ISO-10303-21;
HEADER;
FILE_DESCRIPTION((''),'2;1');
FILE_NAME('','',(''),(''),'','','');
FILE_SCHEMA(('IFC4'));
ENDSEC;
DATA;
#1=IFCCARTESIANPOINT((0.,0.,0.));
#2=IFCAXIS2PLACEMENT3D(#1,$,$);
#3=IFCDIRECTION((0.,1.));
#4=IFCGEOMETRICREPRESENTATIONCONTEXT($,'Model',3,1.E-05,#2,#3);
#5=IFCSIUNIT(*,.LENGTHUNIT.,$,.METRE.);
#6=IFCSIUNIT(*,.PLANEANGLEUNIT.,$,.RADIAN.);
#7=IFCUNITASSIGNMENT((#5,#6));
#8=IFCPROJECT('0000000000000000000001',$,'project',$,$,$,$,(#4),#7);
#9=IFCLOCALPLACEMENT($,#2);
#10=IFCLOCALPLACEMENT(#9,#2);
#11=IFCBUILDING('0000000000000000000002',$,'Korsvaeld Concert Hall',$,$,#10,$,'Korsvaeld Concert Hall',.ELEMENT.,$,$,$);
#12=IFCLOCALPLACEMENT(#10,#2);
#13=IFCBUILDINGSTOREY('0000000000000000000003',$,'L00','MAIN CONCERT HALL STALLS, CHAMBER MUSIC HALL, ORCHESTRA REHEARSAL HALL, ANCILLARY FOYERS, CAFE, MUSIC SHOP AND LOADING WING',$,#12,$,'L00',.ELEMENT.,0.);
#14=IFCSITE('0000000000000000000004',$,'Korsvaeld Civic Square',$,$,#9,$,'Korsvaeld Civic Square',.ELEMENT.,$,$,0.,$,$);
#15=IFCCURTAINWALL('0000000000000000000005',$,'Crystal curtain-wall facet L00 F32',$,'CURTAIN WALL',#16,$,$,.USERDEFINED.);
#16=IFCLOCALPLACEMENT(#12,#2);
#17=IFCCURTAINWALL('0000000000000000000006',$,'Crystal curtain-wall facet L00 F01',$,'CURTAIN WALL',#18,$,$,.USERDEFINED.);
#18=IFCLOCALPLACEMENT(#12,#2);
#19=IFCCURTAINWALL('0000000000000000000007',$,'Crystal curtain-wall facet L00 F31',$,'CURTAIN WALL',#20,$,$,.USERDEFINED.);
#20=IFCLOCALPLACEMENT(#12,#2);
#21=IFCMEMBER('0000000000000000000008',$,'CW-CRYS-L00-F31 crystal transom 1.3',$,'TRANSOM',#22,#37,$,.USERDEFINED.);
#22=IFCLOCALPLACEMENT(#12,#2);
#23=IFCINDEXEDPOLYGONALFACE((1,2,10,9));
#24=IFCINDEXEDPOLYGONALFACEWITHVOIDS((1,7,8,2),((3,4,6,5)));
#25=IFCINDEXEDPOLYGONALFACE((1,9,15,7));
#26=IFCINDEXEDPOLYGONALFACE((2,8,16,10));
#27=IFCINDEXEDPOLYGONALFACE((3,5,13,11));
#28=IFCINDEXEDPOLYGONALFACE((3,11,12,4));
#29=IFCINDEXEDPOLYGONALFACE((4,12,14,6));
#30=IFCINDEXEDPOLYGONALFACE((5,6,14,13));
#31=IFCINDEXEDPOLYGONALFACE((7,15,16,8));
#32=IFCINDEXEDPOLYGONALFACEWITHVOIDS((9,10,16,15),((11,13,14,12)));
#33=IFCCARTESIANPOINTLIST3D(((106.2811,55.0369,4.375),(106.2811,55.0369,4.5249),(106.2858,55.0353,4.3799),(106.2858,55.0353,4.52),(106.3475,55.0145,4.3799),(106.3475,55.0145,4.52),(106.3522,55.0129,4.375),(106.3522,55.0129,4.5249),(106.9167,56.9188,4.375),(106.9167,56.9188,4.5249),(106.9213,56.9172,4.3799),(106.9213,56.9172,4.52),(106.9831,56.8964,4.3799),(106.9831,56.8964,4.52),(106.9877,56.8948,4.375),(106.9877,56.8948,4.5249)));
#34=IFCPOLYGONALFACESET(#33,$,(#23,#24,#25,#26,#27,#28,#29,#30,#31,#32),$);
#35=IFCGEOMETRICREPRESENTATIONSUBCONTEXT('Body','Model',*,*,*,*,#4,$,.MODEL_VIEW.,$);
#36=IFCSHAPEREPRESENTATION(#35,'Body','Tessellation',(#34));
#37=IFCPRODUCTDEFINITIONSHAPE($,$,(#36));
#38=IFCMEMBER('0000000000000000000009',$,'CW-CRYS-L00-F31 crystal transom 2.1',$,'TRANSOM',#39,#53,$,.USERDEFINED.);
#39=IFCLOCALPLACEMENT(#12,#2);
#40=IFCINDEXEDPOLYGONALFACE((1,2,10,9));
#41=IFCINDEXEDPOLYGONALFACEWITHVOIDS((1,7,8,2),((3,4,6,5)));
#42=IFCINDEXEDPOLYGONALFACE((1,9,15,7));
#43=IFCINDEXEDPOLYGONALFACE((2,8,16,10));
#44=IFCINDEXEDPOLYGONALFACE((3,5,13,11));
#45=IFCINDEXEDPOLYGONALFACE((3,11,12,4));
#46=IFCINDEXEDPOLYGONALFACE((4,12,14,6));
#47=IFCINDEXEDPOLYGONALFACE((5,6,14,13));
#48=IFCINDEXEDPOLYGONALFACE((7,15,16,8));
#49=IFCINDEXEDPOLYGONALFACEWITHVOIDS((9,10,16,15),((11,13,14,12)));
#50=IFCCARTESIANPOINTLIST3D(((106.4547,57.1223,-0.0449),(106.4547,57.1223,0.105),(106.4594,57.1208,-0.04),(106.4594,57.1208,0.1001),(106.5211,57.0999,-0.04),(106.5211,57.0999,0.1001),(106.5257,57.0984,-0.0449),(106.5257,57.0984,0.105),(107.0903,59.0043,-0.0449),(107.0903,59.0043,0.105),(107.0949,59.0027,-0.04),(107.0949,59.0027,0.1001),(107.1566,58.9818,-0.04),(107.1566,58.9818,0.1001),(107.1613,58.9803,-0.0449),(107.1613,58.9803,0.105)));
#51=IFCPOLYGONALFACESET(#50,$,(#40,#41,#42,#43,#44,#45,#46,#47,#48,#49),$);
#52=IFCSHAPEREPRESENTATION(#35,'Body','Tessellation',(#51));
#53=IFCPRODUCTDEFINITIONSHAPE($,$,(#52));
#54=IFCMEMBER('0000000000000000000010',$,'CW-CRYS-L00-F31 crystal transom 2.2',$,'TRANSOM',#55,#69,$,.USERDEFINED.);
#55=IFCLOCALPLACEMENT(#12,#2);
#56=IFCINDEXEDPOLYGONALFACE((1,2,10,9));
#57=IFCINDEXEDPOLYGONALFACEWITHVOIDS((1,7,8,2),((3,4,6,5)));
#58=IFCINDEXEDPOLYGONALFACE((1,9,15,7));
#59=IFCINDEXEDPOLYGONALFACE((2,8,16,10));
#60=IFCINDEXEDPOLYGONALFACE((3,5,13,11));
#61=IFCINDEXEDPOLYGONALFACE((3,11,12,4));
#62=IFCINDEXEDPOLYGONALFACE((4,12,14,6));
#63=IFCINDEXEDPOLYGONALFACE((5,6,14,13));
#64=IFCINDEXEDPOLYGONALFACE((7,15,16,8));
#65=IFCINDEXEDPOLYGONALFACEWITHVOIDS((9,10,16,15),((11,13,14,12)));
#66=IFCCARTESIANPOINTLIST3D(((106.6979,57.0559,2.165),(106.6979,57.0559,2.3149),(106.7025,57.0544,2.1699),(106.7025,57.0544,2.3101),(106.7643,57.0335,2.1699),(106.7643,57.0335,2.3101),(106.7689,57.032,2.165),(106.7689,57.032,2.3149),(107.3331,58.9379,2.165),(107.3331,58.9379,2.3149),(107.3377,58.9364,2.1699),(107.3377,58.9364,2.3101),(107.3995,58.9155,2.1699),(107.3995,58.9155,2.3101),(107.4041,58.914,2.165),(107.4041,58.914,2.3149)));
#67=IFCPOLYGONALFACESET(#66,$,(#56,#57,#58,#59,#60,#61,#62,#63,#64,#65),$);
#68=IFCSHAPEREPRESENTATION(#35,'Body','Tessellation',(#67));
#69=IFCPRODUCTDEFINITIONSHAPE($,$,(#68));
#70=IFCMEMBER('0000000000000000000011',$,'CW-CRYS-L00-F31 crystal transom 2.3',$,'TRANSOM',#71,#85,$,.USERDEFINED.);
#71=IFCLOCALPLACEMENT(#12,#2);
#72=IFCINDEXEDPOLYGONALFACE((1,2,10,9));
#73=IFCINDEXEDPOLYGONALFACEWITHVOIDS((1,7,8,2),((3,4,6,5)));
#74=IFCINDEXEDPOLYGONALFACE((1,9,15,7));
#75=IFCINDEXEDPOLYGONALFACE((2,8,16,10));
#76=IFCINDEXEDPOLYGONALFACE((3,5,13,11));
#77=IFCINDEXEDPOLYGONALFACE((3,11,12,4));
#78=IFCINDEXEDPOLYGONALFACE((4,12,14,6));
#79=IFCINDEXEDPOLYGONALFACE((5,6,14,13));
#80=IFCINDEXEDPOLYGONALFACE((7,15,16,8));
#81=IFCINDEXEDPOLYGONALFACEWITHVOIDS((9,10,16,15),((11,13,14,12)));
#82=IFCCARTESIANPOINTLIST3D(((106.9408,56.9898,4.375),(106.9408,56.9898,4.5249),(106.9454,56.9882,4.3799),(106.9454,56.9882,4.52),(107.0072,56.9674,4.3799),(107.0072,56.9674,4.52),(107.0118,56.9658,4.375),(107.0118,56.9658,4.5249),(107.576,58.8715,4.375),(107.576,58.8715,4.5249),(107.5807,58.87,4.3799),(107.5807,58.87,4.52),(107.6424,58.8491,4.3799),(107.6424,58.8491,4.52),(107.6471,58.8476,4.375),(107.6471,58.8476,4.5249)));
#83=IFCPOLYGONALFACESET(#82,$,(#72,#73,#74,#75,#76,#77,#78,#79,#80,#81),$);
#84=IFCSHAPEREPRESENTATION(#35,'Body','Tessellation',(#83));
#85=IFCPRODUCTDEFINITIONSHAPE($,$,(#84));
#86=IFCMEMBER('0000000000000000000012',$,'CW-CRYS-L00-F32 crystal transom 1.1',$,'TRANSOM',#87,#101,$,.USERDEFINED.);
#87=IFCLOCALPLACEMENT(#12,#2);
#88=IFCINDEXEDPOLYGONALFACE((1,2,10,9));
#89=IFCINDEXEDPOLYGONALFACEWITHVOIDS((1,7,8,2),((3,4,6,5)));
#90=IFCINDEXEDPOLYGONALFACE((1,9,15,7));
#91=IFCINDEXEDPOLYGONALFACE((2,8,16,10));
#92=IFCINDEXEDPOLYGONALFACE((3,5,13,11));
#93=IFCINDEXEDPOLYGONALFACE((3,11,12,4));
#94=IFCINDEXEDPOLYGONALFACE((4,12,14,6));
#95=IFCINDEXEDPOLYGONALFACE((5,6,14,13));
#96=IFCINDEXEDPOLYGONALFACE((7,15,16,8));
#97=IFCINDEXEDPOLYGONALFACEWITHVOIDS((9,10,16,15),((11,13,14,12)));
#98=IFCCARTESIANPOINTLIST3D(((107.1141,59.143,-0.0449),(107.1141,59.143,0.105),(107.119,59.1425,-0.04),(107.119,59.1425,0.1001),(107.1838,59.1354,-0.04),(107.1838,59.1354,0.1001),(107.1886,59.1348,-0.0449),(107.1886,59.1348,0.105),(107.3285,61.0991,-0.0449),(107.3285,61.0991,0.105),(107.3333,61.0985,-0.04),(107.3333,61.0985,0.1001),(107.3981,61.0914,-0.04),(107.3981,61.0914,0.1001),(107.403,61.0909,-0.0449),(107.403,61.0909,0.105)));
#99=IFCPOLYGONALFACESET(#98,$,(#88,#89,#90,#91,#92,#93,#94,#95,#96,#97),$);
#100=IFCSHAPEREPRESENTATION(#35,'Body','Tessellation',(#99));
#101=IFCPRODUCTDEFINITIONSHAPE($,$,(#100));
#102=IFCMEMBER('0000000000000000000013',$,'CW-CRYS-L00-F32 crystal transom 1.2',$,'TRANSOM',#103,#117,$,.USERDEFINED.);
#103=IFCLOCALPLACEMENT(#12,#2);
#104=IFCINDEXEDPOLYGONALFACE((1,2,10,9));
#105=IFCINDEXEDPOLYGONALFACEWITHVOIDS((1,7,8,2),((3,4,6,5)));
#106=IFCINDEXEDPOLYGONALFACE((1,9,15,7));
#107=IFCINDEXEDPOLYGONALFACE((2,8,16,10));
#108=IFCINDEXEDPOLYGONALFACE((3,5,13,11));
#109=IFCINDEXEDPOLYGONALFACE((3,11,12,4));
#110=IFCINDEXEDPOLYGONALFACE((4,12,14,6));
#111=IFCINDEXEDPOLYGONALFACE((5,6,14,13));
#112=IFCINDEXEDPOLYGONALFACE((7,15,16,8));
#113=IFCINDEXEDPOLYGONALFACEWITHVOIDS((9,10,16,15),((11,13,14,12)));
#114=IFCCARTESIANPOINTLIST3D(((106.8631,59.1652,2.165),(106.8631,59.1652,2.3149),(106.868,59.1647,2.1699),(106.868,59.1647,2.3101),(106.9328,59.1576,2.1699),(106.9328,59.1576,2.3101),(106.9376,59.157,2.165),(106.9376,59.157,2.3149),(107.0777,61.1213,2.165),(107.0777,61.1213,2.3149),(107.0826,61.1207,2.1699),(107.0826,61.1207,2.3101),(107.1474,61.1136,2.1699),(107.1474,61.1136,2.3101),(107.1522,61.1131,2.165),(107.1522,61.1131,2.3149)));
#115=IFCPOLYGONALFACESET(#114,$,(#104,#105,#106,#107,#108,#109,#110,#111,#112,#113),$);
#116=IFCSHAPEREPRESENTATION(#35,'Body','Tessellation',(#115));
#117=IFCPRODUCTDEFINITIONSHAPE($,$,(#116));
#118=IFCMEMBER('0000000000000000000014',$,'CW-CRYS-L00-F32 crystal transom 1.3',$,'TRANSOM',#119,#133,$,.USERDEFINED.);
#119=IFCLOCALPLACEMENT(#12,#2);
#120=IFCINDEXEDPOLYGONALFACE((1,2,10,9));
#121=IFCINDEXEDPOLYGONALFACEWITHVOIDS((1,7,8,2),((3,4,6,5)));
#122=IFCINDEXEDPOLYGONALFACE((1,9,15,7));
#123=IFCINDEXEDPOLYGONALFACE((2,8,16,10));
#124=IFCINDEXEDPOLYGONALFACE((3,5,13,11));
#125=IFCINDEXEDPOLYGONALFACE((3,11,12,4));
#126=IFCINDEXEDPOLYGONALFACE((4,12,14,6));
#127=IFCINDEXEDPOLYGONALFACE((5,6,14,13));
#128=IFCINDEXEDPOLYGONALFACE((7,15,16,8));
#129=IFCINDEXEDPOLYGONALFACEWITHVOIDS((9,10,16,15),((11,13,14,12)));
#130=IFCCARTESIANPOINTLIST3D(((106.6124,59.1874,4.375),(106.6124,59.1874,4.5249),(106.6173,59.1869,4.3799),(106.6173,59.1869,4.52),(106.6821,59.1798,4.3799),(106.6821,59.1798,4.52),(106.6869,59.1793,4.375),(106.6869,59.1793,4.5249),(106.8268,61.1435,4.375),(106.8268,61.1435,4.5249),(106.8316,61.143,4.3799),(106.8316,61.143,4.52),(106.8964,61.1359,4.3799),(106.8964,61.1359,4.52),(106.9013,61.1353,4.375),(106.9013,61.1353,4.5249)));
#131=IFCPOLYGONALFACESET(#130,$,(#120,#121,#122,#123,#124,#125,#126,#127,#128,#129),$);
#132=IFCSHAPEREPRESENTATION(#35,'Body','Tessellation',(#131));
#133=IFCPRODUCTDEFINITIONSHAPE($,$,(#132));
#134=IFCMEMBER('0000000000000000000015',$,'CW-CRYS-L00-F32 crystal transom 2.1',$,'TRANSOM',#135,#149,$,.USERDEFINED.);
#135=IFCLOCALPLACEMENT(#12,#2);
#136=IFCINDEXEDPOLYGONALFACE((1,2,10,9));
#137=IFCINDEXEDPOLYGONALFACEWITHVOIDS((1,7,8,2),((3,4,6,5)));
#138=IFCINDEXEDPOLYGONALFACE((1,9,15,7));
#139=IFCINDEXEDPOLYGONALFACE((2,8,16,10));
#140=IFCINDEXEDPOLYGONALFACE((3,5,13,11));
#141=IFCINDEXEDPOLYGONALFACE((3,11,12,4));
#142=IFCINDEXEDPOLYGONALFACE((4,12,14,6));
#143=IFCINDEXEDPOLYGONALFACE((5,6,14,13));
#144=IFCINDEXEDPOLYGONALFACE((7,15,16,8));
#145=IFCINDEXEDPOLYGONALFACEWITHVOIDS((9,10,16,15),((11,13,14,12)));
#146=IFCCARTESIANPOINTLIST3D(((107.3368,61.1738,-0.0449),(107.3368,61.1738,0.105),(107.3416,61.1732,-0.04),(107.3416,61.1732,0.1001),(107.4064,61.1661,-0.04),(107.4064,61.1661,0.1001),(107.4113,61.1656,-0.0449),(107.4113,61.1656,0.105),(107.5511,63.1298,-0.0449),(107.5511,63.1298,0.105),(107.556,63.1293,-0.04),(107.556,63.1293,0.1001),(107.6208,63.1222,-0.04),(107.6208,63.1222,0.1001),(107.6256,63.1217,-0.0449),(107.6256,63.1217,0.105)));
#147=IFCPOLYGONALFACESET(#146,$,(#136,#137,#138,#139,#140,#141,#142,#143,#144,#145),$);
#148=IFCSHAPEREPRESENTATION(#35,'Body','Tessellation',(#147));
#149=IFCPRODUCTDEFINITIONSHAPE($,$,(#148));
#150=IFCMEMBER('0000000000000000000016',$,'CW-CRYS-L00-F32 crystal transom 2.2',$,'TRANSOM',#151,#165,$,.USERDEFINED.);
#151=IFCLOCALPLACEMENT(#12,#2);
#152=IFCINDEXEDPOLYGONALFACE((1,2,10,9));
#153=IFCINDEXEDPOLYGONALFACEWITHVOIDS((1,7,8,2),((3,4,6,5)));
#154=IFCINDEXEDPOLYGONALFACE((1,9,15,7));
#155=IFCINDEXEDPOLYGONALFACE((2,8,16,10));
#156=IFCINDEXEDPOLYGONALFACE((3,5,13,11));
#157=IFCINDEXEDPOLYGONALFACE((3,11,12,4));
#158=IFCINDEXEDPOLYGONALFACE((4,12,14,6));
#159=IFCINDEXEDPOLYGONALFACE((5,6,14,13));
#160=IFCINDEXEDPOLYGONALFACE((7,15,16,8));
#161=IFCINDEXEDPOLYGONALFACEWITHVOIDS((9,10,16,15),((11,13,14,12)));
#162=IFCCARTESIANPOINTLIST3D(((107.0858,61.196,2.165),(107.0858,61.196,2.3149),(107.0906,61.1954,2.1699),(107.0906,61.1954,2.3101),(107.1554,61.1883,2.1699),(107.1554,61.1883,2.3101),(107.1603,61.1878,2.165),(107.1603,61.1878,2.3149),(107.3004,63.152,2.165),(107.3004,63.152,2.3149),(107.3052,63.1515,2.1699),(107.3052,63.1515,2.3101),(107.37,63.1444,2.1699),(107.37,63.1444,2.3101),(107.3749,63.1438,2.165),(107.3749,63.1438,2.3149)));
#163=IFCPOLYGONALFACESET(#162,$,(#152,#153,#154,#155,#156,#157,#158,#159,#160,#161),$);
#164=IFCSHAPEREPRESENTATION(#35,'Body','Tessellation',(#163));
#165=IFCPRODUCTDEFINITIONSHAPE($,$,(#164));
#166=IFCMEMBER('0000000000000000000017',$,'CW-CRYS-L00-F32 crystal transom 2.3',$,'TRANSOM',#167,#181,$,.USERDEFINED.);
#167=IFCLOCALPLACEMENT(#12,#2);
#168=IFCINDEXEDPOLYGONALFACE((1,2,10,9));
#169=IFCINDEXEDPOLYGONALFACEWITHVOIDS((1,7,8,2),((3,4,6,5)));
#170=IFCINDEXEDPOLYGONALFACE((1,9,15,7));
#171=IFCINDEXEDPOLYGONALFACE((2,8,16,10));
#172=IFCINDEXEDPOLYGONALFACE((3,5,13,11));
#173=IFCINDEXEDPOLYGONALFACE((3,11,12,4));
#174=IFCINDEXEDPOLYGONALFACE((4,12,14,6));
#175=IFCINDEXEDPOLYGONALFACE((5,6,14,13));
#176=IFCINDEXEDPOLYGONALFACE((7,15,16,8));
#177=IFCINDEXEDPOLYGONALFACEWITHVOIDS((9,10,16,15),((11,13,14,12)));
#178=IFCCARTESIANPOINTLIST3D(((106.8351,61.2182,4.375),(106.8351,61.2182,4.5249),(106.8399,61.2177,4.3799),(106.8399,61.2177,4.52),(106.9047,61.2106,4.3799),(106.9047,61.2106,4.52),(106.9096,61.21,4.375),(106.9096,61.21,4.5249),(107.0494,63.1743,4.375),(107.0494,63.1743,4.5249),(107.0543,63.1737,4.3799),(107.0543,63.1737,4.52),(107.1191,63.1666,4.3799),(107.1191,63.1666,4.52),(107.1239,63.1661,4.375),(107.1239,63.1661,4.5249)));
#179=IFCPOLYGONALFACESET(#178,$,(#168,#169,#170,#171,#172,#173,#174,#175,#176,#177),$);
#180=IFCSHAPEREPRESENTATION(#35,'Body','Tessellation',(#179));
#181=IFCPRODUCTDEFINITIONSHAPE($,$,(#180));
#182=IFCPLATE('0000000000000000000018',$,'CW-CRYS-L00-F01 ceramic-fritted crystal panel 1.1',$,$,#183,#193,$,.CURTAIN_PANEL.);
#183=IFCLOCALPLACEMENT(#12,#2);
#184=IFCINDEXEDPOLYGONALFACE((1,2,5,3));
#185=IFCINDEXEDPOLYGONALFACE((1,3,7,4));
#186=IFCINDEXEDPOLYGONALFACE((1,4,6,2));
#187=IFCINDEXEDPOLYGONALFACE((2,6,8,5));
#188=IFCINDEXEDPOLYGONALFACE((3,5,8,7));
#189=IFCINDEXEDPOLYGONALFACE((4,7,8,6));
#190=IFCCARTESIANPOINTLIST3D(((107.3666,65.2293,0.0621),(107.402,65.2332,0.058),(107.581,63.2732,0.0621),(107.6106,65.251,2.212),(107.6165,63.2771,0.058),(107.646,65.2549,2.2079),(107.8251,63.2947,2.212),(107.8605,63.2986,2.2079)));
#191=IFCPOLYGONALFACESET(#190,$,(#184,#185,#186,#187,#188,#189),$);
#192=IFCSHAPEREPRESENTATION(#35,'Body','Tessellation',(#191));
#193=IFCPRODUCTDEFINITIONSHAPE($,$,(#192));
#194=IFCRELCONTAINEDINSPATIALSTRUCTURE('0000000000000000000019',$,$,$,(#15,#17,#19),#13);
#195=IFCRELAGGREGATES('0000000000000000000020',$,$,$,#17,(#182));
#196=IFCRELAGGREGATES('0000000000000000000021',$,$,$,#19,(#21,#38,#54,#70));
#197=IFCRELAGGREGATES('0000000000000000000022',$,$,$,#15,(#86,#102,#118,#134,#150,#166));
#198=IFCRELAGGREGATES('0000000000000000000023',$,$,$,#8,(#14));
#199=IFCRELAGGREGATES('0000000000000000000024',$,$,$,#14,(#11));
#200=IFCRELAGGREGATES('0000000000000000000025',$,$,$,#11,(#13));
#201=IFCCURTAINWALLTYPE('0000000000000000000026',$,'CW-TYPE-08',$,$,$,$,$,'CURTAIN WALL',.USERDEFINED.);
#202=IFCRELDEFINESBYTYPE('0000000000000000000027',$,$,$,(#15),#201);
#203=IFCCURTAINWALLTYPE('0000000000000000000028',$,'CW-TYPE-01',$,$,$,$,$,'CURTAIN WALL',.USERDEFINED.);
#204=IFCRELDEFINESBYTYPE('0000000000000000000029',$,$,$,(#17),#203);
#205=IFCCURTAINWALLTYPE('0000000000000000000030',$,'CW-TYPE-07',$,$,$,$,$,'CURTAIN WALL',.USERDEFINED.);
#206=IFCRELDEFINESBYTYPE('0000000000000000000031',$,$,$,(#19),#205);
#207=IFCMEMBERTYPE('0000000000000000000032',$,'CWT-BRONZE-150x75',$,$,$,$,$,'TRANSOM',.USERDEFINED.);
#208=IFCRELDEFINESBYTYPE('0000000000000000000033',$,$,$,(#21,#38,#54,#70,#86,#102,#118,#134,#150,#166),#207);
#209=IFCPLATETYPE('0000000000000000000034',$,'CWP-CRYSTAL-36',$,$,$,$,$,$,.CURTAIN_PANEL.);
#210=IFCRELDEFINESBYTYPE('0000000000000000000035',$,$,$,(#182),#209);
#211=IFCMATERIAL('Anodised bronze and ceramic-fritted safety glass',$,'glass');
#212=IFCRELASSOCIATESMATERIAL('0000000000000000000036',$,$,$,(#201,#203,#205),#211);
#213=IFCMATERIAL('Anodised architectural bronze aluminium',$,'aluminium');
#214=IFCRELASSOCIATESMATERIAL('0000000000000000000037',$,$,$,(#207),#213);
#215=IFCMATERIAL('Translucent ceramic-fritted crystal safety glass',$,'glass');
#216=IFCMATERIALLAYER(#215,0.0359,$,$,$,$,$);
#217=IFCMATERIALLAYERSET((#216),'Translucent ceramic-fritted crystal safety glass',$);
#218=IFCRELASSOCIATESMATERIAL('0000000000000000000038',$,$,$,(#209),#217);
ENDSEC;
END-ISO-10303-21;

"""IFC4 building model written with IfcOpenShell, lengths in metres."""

from ifc_helpers import new_model, si_unit, direction, frame, origin, origin_2d, place, context, subcontext, project, spatial, polyline, hollow_rectangle, outline, extrude, material, layer, layer_set, material_profile, profile_set, type_object, element, aggregate, save


model = new_model("IFC4")

# Units and contexts
model_context = context("Model", 3, precision=1e-05, world=origin(), true_north=direction((0.0, 1.0)))
body_context = subcontext(model_context, "Body", "Model", "MODEL_VIEW")
ifc_project = project(units=[si_unit("LENGTHUNIT", "METRE"), si_unit("PLANEANGLEUNIT", "RADIAN")], contexts=[model_context])

# Site, building, storey
site_placement = place(None, origin())
site = spatial("IfcSite", under=ifc_project, at=site_placement, Name="Korsvaeld Civic Square", LongName="Korsvaeld Civic Square", CompositionType="ELEMENT", RefElevation=0.0)
building_placement = place(site_placement, origin())
building = spatial("IfcBuilding", under=site, at=building_placement, Name="Korsvaeld Concert Hall", LongName="Korsvaeld Concert Hall", CompositionType="ELEMENT")
storey_placement = place(building_placement, origin())
storey = spatial("IfcBuildingStorey", under=building, at=storey_placement, Name="L00", Description="MAIN CONCERT HALL STALLS, CHAMBER MUSIC HALL, ORCHESTRA REHEARSAL HALL, ANCILLARY FOYERS, CAFE, MUSIC SHOP AND LOADING WING", LongName="L00", CompositionType="ELEMENT", Elevation=0.0)

# Curtain wall
ifc_material_1 = material(Name="Anodised bronze and ceramic-fritted safety glass", Category="glass")
curtain_wall_type_1 = type_object("IfcCurtainWallType", Name="CW-TYPE-08", ElementType="CURTAIN WALL", PredefinedType="USERDEFINED", material=ifc_material_1)
curtain_wall_1_placement = place(storey_placement, origin())
curtain_wall_1 = element("IfcCurtainWall", 1, at=curtain_wall_1_placement, inside=storey, type_object=curtain_wall_type_1, Name="Crystal curtain-wall facet L00 F32", ObjectType="CURTAIN WALL", PredefinedType="USERDEFINED")
ifc_material_2 = material(Name="Anodised architectural bronze aluminium", Category="aluminium")

# Curtain wall
curtain_wall_type_2 = type_object("IfcCurtainWallType", Name="CW-TYPE-01", ElementType="CURTAIN WALL", PredefinedType="USERDEFINED", material=ifc_material_1)
curtain_wall_2_placement = place(storey_placement, origin())
curtain_wall_2 = element("IfcCurtainWall", 2, at=curtain_wall_2_placement, inside=storey, type_object=curtain_wall_type_2, Name="Crystal curtain-wall facet L00 F01", ObjectType="CURTAIN WALL", PredefinedType="USERDEFINED")

# Curtain wall
curtain_wall_type_3 = type_object("IfcCurtainWallType", Name="CW-TYPE-07", ElementType="CURTAIN WALL", PredefinedType="USERDEFINED", material=ifc_material_1)
curtain_wall_3_placement = place(storey_placement, origin())
curtain_wall_3 = element("IfcCurtainWall", 3, at=curtain_wall_3_placement, inside=storey, type_object=curtain_wall_type_3, Name="Crystal curtain-wall facet L00 F31", ObjectType="CURTAIN WALL", PredefinedType="USERDEFINED")

# Members
ifc_material_profile_1 = material_profile(ifc_material_2, hollow_rectangle(XDim=0.075, YDim=0.1499, WallThickness=0.0049, at=origin_2d()), Name="CWT 150x75x5")
ifc_profile_set_1 = profile_set([ifc_material_profile_1], Name="Anodised architectural bronze aluminium")
member_type_1 = type_object("IfcMemberType", Name="CWT-BRONZE-150x75", ElementType="TRANSOM", PredefinedType="USERDEFINED", material=ifc_profile_set_1)
member_1_placement = place(storey_placement, frame((106.3167, 55.0249, 4.45), z_axis=(0.31995, 0.947435, 0.0), x_axis=(-0.947435, 0.31995, 0.0)))
member_1 = element("IfcMember", 4, at=member_1_placement, type_object=member_type_1, Name="CW-CRYS-L00-F31 crystal transom 1.3", ObjectType="TRANSOM", PredefinedType="USERDEFINED", context=body_context, shape_type="SweptSolid", body=[
    extrude(hollow_rectangle(XDim=0.075, YDim=0.1499, WallThickness=0.0049, at=origin_2d()), origin(), (0.0, 0.0, 1.0), 1.9863),
])
member_2_placement = place(storey_placement, frame((106.4902, 57.1104, 0.03), z_axis=(0.31995, 0.947435, 0.0), x_axis=(-0.947435, 0.31995, 0.0)))
member_2 = element("IfcMember", 5, at=member_2_placement, type_object=member_type_1, Name="CW-CRYS-L00-F31 crystal transom 2.1", ObjectType="TRANSOM", PredefinedType="USERDEFINED", context=body_context, shape_type="SweptSolid", body=[
    extrude(hollow_rectangle(XDim=0.075, YDim=0.1499, WallThickness=0.0049, at=origin_2d()), origin(), (0.0, 0.0, 1.0), 1.9863),
])
member_3_placement = place(storey_placement, frame((106.7334, 57.0439, 2.24), z_axis=(0.319802, 0.947484, 0.0), x_axis=(-0.947484, 0.319802, 0.0)))
member_3 = element("IfcMember", 6, at=member_3_placement, type_object=member_type_1, Name="CW-CRYS-L00-F31 crystal transom 2.2", ObjectType="TRANSOM", PredefinedType="USERDEFINED", context=body_context, shape_type="SweptSolid", body=[
    extrude(hollow_rectangle(XDim=0.075, YDim=0.1499, WallThickness=0.0049, at=origin_2d()), origin(), (0.0, 0.0, 1.0), 1.9863),
])
member_4_placement = place(storey_placement, frame((106.9763, 56.9778, 4.45), z_axis=(0.319839, 0.947472, 0.0), x_axis=(-0.947472, 0.319839, 0.0)))
member_4 = element("IfcMember", 7, at=member_4_placement, type_object=member_type_1, Name="CW-CRYS-L00-F31 crystal transom 2.3", ObjectType="TRANSOM", PredefinedType="USERDEFINED", context=body_context, shape_type="SweptSolid", body=[
    extrude(hollow_rectangle(XDim=0.075, YDim=0.1499, WallThickness=0.0049, at=origin_2d()), origin(), (0.0, 0.0, 1.0), 1.9861),
])
member_5_placement = place(storey_placement, frame((107.1514, 59.1389, 0.03), z_axis=(0.108933, 0.994049, 0.0), x_axis=(-0.994049, 0.108933, 0.0)))
member_5 = element("IfcMember", 8, at=member_5_placement, type_object=member_type_1, Name="CW-CRYS-L00-F32 crystal transom 1.1", ObjectType="TRANSOM", PredefinedType="USERDEFINED", context=body_context, shape_type="SweptSolid", body=[
    extrude(hollow_rectangle(XDim=0.075, YDim=0.1499, WallThickness=0.0049, at=origin_2d()), origin(), (0.0, 0.0, 1.0), 1.9678),
])
member_6_placement = place(storey_placement, frame((106.9004, 59.1611, 2.24), z_axis=(0.109056, 0.994036, 0.0), x_axis=(-0.994036, 0.109056, 0.0)))
member_6 = element("IfcMember", 9, at=member_6_placement, type_object=member_type_1, Name="CW-CRYS-L00-F32 crystal transom 1.2", ObjectType="TRANSOM", PredefinedType="USERDEFINED", context=body_context, shape_type="SweptSolid", body=[
    extrude(hollow_rectangle(XDim=0.075, YDim=0.1499, WallThickness=0.0049, at=origin_2d()), origin(), (0.0, 0.0, 1.0), 1.9678),
])
member_7_placement = place(storey_placement, frame((106.6497, 59.1833, 4.45), z_axis=(0.108933, 0.994049, 0.0), x_axis=(-0.994049, 0.108933, 0.0)))
member_7 = element("IfcMember", 10, at=member_7_placement, type_object=member_type_1, Name="CW-CRYS-L00-F32 crystal transom 1.3", ObjectType="TRANSOM", PredefinedType="USERDEFINED", context=body_context, shape_type="SweptSolid", body=[
    extrude(hollow_rectangle(XDim=0.075, YDim=0.1499, WallThickness=0.0049, at=origin_2d()), origin(), (0.0, 0.0, 1.0), 1.9678),
])
member_8_placement = place(storey_placement, frame((107.374, 61.1697, 0.03), z_axis=(0.108933, 0.994049, 0.0), x_axis=(-0.994049, 0.108933, 0.0)))
member_8 = element("IfcMember", 11, at=member_8_placement, type_object=member_type_1, Name="CW-CRYS-L00-F32 crystal transom 2.1", ObjectType="TRANSOM", PredefinedType="USERDEFINED", context=body_context, shape_type="SweptSolid", body=[
    extrude(hollow_rectangle(XDim=0.075, YDim=0.1499, WallThickness=0.0049, at=origin_2d()), origin(), (0.0, 0.0, 1.0), 1.9678),
])
member_9_placement = place(storey_placement, frame((107.123, 61.1919, 2.24), z_axis=(0.109056, 0.994036, 0.0), x_axis=(-0.994036, 0.109056, 0.0)))
member_9 = element("IfcMember", 12, at=member_9_placement, type_object=member_type_1, Name="CW-CRYS-L00-F32 crystal transom 2.2", ObjectType="TRANSOM", PredefinedType="USERDEFINED", context=body_context, shape_type="SweptSolid", body=[
    extrude(hollow_rectangle(XDim=0.075, YDim=0.1499, WallThickness=0.0049, at=origin_2d()), origin(), (0.0, 0.0, 1.0), 1.9678),
])
member_10_placement = place(storey_placement, frame((106.8723, 61.2141, 4.45), z_axis=(0.108933, 0.994049, 0.0), x_axis=(-0.994049, 0.108933, 0.0)))
member_10 = element("IfcMember", 13, at=member_10_placement, type_object=member_type_1, Name="CW-CRYS-L00-F32 crystal transom 2.3", ObjectType="TRANSOM", PredefinedType="USERDEFINED", context=body_context, shape_type="SweptSolid", body=[
    extrude(hollow_rectangle(XDim=0.075, YDim=0.1499, WallThickness=0.0049, at=origin_2d()), origin(), (0.0, 0.0, 1.0), 1.9678),
])

# Plate
ifc_material_3 = material(Name="Translucent ceramic-fritted crystal safety glass", Category="glass")
ifc_layer = layer(ifc_material_3, 0.0359)
ifc_layer_set = layer_set([ifc_layer], Name="Translucent ceramic-fritted crystal safety glass")
plate_type = type_object("IfcPlateType", Name="CWP-CRYSTAL-36", PredefinedType="CURTAIN_PANEL", material=ifc_layer_set)
plate_1_placement = place(storey_placement, frame((107.5986, 63.2751, 0.0601), z_axis=(0.987655, 0.108288, -0.113189), x_axis=(-0.108989, 0.994043, -0.000008)))
plate_1 = element("IfcPlate", 14, at=plate_1_placement, type_object=plate_type, Name="CW-CRYS-L00-F01 ceramic-fritted crystal panel 1.1", PredefinedType="CURTAIN_PANEL", context=body_context, shape_type="SweptSolid", body=[
    extrude(outline(polyline([(0.0, 0.0), (1.9678, 0.0), (1.9628, 2.1638), (-0.0052, 2.1638), (0.0, 0.0)])), frame((0.0, 0.0, 0.0181)), (0.0, 0.0, -1.0), 0.0359),
])
aggregate(curtain_wall_2, [plate_1])
aggregate(curtain_wall_3, [member_1, member_2, member_3, member_4])
aggregate(curtain_wall_1, [member_5, member_6, member_7, member_8, member_9, member_10])

save(model, "model.ifc")
